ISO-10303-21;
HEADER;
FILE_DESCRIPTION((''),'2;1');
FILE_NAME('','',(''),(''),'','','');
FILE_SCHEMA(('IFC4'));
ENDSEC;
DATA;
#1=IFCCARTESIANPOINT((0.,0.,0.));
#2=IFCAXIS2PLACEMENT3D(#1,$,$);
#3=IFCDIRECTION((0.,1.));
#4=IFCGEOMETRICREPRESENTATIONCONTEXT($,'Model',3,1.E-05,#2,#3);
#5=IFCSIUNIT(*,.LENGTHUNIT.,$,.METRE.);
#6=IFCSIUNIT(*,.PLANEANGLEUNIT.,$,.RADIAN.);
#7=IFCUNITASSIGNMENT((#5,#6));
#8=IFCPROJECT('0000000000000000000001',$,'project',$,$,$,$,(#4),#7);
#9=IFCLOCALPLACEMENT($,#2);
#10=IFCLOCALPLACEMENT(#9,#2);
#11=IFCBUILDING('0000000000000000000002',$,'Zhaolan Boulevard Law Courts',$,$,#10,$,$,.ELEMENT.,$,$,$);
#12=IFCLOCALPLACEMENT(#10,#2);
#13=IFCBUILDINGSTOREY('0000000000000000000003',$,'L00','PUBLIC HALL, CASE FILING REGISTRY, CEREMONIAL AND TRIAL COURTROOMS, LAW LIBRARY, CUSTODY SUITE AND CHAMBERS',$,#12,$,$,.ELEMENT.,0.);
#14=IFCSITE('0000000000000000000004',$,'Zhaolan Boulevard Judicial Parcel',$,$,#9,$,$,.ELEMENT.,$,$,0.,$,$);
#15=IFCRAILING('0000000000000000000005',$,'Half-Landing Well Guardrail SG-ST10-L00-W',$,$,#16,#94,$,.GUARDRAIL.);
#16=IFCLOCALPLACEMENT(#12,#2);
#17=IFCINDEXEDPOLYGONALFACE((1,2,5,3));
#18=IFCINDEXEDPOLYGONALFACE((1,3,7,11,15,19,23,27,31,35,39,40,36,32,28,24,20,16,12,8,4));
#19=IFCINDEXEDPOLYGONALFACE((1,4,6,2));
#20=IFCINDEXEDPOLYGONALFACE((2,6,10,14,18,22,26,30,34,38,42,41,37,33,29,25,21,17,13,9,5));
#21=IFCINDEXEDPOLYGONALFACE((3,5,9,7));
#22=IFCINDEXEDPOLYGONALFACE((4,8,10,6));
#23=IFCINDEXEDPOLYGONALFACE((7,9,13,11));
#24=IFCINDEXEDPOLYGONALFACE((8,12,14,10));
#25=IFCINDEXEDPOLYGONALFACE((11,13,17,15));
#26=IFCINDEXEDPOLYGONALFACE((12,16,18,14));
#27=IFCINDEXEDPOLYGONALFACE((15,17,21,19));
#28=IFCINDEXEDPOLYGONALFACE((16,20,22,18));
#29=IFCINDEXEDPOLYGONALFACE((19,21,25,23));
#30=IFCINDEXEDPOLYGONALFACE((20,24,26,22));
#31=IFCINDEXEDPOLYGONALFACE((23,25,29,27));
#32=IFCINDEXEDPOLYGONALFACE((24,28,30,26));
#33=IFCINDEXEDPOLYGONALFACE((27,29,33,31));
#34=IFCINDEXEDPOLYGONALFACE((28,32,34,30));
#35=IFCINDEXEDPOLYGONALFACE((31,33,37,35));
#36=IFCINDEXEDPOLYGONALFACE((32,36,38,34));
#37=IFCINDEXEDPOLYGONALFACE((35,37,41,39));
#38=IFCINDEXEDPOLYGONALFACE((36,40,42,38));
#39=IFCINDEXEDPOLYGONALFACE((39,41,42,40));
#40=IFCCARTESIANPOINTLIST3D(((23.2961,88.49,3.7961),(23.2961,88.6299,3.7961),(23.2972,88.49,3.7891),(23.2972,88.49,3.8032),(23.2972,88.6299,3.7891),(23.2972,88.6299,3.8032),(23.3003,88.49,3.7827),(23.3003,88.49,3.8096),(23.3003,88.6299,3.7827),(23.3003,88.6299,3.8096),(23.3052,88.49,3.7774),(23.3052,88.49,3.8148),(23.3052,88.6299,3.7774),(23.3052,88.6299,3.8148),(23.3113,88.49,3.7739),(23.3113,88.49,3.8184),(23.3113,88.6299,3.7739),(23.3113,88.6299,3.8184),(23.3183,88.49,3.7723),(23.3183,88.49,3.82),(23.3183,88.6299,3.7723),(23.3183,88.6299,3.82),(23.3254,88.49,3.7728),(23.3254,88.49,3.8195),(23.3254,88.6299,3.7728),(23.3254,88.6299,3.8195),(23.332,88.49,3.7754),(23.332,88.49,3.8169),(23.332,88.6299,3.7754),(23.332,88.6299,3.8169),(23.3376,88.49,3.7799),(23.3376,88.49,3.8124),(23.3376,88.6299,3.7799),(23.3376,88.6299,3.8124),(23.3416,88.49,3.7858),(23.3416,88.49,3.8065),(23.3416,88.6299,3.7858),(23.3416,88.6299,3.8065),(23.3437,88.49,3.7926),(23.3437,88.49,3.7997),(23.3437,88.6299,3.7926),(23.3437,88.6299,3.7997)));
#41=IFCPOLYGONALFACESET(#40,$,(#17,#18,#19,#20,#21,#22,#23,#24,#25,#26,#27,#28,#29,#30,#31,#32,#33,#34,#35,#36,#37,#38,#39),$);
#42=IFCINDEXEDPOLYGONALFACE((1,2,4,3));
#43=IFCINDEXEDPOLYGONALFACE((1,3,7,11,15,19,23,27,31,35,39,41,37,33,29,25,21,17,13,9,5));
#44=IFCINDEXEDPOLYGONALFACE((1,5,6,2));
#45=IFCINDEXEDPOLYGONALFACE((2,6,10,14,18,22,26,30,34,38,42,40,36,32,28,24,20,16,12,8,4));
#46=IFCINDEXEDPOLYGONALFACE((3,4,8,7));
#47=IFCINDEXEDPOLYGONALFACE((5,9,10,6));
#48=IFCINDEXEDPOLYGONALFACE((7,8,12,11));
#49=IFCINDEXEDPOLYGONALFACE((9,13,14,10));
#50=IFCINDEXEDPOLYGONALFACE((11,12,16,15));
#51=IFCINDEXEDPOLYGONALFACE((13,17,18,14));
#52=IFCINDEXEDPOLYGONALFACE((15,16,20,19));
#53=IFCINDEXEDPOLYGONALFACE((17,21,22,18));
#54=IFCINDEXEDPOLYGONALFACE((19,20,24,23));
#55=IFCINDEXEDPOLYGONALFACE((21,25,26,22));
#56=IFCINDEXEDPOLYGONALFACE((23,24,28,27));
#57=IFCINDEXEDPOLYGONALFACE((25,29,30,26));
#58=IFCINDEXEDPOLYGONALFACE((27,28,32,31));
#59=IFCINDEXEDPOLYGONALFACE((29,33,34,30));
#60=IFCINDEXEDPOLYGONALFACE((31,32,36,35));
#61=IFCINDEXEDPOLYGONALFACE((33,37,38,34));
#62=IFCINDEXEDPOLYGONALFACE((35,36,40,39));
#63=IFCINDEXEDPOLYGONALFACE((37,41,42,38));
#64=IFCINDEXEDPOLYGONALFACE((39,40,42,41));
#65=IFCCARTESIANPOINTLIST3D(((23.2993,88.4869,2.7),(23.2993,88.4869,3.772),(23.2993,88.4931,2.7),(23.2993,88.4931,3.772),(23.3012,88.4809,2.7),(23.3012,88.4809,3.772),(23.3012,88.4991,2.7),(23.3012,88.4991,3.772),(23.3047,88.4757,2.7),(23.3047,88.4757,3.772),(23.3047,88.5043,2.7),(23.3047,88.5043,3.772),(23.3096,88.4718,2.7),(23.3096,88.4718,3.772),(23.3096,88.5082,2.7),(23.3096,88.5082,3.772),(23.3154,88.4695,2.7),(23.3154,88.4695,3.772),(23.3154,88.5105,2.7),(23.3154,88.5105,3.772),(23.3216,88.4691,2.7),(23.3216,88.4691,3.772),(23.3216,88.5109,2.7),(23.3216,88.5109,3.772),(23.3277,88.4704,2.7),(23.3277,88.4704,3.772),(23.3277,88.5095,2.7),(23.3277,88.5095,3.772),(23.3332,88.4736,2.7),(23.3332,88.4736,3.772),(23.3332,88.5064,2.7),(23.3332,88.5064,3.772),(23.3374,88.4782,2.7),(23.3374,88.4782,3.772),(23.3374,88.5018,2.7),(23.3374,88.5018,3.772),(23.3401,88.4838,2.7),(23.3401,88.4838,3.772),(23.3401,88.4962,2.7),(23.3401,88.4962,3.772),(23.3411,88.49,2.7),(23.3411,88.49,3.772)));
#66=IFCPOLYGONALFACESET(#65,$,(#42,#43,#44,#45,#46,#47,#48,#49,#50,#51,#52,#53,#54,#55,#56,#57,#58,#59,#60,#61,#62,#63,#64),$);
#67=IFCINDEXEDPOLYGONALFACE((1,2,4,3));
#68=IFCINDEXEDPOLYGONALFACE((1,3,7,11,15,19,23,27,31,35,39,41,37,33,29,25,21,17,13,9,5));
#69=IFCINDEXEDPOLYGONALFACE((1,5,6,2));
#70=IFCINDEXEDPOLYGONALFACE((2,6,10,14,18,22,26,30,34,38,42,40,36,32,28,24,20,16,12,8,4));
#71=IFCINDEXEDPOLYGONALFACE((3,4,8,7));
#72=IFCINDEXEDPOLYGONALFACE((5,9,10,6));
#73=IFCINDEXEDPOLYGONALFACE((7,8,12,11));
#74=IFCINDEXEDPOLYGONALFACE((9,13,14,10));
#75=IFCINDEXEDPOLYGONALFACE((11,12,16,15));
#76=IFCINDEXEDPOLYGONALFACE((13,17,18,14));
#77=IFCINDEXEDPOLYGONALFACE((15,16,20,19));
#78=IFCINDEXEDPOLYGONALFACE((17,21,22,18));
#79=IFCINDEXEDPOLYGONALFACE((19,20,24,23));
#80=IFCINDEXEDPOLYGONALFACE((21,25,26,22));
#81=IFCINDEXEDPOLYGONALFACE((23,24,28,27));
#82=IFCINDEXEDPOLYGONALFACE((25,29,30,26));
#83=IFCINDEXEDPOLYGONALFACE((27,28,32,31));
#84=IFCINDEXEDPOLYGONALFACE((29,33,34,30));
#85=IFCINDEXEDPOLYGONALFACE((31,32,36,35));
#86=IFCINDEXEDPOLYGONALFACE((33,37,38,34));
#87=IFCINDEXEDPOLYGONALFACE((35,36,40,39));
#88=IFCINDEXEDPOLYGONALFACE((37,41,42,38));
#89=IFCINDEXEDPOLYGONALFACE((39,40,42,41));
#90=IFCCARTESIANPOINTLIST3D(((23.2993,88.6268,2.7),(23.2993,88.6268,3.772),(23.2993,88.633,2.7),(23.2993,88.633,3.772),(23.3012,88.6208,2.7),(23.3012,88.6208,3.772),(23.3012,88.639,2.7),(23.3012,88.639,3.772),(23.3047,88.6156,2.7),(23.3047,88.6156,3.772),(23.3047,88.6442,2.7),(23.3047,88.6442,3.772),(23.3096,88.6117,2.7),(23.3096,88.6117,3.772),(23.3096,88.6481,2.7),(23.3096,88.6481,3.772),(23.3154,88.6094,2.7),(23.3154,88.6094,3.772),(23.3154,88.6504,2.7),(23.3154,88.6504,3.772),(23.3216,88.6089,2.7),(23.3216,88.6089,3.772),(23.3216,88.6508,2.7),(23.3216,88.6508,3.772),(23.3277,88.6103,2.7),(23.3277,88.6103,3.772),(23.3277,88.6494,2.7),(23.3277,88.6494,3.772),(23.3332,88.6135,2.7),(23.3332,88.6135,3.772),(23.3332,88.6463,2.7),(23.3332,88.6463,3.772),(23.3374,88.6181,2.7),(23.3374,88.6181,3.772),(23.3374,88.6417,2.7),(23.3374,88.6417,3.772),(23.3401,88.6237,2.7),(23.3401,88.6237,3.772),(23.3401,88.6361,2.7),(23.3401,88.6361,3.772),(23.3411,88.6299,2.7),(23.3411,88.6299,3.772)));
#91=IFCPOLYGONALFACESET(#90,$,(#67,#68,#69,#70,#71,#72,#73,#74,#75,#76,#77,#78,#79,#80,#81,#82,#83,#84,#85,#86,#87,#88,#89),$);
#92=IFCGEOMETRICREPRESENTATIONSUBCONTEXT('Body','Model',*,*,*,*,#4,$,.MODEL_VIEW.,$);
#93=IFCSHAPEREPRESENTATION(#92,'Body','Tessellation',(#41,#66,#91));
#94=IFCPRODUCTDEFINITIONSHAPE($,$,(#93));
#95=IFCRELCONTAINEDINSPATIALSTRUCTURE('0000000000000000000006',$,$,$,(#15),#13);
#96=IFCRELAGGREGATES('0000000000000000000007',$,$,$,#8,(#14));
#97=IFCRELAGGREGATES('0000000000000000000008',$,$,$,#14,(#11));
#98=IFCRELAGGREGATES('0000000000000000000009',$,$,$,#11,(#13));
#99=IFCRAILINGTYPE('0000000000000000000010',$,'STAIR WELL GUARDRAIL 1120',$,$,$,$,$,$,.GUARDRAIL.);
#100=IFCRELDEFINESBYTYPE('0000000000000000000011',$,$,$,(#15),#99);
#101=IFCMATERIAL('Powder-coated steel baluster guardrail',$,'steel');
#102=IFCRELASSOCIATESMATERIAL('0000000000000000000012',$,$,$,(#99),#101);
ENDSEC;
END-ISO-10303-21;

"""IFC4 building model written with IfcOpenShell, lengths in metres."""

from ifc_helpers import new_model, si_unit, direction, frame, origin, origin_2d, place, context, subcontext, project, spatial, circle, extrude, material, type_object, element, save


model = new_model("IFC4")

# Units and contexts
model_context = context("Model", 3, precision=1e-05, world=origin(), true_north=direction((0.0, 1.0)))
body_context = subcontext(model_context, "Body", "Model", "MODEL_VIEW")
ifc_project = project(units=[si_unit("LENGTHUNIT", "METRE"), si_unit("PLANEANGLEUNIT", "RADIAN")], contexts=[model_context])

# Site, building, storey
site_placement = place(None, origin())
site = spatial("IfcSite", under=ifc_project, at=site_placement, Name="Zhaolan Boulevard Judicial Parcel", CompositionType="ELEMENT", RefElevation=0.0)
building_placement = place(site_placement, origin())
building = spatial("IfcBuilding", under=site, at=building_placement, Name="Zhaolan Boulevard Law Courts", CompositionType="ELEMENT")
storey_placement = place(building_placement, origin())
storey = spatial("IfcBuildingStorey", under=building, at=storey_placement, Name="L00", Description="PUBLIC HALL, CASE FILING REGISTRY, CEREMONIAL AND TRIAL COURTROOMS, LAW LIBRARY, CUSTODY SUITE AND CHAMBERS", CompositionType="ELEMENT", Elevation=0.0)

# Railing
ifc_material_1 = material(Name="Powder-coated steel baluster guardrail", Category="steel")
railing_type_1 = type_object("IfcRailingType", Name="STAIR WELL GUARDRAIL 1120", PredefinedType="GUARDRAIL", material=ifc_material_1)
railing_1_placement = place(storey_placement, frame((23.3201, 88.49, 2.7)))
element("IfcRailing", 1, at=railing_1_placement, inside=storey, type_object=railing_type_1, Name="Half-Landing Well Guardrail SG-ST10-L00-W", PredefinedType="GUARDRAIL", context=body_context, shape_type="SweptSolid", body=[
    extrude(circle(Radius=0.0239, at=origin_2d()), frame((0.0, 0.0, 1.0962), z_axis=(0.0, 1.0, 0.0), x_axis=(-1.0, 0.0, 0.0)), (0.0, 0.0, 1.0), 0.1399),
    extrude(circle(Radius=0.021, at=origin_2d()), origin(), (0.0, 0.0, 1.0), 1.072),
    extrude(circle(Radius=0.021, at=origin_2d()), frame((0.0, 0.1399, 0.0)), (0.0, 0.0, 1.0), 1.072),
])

save(model, "model.ifc")
